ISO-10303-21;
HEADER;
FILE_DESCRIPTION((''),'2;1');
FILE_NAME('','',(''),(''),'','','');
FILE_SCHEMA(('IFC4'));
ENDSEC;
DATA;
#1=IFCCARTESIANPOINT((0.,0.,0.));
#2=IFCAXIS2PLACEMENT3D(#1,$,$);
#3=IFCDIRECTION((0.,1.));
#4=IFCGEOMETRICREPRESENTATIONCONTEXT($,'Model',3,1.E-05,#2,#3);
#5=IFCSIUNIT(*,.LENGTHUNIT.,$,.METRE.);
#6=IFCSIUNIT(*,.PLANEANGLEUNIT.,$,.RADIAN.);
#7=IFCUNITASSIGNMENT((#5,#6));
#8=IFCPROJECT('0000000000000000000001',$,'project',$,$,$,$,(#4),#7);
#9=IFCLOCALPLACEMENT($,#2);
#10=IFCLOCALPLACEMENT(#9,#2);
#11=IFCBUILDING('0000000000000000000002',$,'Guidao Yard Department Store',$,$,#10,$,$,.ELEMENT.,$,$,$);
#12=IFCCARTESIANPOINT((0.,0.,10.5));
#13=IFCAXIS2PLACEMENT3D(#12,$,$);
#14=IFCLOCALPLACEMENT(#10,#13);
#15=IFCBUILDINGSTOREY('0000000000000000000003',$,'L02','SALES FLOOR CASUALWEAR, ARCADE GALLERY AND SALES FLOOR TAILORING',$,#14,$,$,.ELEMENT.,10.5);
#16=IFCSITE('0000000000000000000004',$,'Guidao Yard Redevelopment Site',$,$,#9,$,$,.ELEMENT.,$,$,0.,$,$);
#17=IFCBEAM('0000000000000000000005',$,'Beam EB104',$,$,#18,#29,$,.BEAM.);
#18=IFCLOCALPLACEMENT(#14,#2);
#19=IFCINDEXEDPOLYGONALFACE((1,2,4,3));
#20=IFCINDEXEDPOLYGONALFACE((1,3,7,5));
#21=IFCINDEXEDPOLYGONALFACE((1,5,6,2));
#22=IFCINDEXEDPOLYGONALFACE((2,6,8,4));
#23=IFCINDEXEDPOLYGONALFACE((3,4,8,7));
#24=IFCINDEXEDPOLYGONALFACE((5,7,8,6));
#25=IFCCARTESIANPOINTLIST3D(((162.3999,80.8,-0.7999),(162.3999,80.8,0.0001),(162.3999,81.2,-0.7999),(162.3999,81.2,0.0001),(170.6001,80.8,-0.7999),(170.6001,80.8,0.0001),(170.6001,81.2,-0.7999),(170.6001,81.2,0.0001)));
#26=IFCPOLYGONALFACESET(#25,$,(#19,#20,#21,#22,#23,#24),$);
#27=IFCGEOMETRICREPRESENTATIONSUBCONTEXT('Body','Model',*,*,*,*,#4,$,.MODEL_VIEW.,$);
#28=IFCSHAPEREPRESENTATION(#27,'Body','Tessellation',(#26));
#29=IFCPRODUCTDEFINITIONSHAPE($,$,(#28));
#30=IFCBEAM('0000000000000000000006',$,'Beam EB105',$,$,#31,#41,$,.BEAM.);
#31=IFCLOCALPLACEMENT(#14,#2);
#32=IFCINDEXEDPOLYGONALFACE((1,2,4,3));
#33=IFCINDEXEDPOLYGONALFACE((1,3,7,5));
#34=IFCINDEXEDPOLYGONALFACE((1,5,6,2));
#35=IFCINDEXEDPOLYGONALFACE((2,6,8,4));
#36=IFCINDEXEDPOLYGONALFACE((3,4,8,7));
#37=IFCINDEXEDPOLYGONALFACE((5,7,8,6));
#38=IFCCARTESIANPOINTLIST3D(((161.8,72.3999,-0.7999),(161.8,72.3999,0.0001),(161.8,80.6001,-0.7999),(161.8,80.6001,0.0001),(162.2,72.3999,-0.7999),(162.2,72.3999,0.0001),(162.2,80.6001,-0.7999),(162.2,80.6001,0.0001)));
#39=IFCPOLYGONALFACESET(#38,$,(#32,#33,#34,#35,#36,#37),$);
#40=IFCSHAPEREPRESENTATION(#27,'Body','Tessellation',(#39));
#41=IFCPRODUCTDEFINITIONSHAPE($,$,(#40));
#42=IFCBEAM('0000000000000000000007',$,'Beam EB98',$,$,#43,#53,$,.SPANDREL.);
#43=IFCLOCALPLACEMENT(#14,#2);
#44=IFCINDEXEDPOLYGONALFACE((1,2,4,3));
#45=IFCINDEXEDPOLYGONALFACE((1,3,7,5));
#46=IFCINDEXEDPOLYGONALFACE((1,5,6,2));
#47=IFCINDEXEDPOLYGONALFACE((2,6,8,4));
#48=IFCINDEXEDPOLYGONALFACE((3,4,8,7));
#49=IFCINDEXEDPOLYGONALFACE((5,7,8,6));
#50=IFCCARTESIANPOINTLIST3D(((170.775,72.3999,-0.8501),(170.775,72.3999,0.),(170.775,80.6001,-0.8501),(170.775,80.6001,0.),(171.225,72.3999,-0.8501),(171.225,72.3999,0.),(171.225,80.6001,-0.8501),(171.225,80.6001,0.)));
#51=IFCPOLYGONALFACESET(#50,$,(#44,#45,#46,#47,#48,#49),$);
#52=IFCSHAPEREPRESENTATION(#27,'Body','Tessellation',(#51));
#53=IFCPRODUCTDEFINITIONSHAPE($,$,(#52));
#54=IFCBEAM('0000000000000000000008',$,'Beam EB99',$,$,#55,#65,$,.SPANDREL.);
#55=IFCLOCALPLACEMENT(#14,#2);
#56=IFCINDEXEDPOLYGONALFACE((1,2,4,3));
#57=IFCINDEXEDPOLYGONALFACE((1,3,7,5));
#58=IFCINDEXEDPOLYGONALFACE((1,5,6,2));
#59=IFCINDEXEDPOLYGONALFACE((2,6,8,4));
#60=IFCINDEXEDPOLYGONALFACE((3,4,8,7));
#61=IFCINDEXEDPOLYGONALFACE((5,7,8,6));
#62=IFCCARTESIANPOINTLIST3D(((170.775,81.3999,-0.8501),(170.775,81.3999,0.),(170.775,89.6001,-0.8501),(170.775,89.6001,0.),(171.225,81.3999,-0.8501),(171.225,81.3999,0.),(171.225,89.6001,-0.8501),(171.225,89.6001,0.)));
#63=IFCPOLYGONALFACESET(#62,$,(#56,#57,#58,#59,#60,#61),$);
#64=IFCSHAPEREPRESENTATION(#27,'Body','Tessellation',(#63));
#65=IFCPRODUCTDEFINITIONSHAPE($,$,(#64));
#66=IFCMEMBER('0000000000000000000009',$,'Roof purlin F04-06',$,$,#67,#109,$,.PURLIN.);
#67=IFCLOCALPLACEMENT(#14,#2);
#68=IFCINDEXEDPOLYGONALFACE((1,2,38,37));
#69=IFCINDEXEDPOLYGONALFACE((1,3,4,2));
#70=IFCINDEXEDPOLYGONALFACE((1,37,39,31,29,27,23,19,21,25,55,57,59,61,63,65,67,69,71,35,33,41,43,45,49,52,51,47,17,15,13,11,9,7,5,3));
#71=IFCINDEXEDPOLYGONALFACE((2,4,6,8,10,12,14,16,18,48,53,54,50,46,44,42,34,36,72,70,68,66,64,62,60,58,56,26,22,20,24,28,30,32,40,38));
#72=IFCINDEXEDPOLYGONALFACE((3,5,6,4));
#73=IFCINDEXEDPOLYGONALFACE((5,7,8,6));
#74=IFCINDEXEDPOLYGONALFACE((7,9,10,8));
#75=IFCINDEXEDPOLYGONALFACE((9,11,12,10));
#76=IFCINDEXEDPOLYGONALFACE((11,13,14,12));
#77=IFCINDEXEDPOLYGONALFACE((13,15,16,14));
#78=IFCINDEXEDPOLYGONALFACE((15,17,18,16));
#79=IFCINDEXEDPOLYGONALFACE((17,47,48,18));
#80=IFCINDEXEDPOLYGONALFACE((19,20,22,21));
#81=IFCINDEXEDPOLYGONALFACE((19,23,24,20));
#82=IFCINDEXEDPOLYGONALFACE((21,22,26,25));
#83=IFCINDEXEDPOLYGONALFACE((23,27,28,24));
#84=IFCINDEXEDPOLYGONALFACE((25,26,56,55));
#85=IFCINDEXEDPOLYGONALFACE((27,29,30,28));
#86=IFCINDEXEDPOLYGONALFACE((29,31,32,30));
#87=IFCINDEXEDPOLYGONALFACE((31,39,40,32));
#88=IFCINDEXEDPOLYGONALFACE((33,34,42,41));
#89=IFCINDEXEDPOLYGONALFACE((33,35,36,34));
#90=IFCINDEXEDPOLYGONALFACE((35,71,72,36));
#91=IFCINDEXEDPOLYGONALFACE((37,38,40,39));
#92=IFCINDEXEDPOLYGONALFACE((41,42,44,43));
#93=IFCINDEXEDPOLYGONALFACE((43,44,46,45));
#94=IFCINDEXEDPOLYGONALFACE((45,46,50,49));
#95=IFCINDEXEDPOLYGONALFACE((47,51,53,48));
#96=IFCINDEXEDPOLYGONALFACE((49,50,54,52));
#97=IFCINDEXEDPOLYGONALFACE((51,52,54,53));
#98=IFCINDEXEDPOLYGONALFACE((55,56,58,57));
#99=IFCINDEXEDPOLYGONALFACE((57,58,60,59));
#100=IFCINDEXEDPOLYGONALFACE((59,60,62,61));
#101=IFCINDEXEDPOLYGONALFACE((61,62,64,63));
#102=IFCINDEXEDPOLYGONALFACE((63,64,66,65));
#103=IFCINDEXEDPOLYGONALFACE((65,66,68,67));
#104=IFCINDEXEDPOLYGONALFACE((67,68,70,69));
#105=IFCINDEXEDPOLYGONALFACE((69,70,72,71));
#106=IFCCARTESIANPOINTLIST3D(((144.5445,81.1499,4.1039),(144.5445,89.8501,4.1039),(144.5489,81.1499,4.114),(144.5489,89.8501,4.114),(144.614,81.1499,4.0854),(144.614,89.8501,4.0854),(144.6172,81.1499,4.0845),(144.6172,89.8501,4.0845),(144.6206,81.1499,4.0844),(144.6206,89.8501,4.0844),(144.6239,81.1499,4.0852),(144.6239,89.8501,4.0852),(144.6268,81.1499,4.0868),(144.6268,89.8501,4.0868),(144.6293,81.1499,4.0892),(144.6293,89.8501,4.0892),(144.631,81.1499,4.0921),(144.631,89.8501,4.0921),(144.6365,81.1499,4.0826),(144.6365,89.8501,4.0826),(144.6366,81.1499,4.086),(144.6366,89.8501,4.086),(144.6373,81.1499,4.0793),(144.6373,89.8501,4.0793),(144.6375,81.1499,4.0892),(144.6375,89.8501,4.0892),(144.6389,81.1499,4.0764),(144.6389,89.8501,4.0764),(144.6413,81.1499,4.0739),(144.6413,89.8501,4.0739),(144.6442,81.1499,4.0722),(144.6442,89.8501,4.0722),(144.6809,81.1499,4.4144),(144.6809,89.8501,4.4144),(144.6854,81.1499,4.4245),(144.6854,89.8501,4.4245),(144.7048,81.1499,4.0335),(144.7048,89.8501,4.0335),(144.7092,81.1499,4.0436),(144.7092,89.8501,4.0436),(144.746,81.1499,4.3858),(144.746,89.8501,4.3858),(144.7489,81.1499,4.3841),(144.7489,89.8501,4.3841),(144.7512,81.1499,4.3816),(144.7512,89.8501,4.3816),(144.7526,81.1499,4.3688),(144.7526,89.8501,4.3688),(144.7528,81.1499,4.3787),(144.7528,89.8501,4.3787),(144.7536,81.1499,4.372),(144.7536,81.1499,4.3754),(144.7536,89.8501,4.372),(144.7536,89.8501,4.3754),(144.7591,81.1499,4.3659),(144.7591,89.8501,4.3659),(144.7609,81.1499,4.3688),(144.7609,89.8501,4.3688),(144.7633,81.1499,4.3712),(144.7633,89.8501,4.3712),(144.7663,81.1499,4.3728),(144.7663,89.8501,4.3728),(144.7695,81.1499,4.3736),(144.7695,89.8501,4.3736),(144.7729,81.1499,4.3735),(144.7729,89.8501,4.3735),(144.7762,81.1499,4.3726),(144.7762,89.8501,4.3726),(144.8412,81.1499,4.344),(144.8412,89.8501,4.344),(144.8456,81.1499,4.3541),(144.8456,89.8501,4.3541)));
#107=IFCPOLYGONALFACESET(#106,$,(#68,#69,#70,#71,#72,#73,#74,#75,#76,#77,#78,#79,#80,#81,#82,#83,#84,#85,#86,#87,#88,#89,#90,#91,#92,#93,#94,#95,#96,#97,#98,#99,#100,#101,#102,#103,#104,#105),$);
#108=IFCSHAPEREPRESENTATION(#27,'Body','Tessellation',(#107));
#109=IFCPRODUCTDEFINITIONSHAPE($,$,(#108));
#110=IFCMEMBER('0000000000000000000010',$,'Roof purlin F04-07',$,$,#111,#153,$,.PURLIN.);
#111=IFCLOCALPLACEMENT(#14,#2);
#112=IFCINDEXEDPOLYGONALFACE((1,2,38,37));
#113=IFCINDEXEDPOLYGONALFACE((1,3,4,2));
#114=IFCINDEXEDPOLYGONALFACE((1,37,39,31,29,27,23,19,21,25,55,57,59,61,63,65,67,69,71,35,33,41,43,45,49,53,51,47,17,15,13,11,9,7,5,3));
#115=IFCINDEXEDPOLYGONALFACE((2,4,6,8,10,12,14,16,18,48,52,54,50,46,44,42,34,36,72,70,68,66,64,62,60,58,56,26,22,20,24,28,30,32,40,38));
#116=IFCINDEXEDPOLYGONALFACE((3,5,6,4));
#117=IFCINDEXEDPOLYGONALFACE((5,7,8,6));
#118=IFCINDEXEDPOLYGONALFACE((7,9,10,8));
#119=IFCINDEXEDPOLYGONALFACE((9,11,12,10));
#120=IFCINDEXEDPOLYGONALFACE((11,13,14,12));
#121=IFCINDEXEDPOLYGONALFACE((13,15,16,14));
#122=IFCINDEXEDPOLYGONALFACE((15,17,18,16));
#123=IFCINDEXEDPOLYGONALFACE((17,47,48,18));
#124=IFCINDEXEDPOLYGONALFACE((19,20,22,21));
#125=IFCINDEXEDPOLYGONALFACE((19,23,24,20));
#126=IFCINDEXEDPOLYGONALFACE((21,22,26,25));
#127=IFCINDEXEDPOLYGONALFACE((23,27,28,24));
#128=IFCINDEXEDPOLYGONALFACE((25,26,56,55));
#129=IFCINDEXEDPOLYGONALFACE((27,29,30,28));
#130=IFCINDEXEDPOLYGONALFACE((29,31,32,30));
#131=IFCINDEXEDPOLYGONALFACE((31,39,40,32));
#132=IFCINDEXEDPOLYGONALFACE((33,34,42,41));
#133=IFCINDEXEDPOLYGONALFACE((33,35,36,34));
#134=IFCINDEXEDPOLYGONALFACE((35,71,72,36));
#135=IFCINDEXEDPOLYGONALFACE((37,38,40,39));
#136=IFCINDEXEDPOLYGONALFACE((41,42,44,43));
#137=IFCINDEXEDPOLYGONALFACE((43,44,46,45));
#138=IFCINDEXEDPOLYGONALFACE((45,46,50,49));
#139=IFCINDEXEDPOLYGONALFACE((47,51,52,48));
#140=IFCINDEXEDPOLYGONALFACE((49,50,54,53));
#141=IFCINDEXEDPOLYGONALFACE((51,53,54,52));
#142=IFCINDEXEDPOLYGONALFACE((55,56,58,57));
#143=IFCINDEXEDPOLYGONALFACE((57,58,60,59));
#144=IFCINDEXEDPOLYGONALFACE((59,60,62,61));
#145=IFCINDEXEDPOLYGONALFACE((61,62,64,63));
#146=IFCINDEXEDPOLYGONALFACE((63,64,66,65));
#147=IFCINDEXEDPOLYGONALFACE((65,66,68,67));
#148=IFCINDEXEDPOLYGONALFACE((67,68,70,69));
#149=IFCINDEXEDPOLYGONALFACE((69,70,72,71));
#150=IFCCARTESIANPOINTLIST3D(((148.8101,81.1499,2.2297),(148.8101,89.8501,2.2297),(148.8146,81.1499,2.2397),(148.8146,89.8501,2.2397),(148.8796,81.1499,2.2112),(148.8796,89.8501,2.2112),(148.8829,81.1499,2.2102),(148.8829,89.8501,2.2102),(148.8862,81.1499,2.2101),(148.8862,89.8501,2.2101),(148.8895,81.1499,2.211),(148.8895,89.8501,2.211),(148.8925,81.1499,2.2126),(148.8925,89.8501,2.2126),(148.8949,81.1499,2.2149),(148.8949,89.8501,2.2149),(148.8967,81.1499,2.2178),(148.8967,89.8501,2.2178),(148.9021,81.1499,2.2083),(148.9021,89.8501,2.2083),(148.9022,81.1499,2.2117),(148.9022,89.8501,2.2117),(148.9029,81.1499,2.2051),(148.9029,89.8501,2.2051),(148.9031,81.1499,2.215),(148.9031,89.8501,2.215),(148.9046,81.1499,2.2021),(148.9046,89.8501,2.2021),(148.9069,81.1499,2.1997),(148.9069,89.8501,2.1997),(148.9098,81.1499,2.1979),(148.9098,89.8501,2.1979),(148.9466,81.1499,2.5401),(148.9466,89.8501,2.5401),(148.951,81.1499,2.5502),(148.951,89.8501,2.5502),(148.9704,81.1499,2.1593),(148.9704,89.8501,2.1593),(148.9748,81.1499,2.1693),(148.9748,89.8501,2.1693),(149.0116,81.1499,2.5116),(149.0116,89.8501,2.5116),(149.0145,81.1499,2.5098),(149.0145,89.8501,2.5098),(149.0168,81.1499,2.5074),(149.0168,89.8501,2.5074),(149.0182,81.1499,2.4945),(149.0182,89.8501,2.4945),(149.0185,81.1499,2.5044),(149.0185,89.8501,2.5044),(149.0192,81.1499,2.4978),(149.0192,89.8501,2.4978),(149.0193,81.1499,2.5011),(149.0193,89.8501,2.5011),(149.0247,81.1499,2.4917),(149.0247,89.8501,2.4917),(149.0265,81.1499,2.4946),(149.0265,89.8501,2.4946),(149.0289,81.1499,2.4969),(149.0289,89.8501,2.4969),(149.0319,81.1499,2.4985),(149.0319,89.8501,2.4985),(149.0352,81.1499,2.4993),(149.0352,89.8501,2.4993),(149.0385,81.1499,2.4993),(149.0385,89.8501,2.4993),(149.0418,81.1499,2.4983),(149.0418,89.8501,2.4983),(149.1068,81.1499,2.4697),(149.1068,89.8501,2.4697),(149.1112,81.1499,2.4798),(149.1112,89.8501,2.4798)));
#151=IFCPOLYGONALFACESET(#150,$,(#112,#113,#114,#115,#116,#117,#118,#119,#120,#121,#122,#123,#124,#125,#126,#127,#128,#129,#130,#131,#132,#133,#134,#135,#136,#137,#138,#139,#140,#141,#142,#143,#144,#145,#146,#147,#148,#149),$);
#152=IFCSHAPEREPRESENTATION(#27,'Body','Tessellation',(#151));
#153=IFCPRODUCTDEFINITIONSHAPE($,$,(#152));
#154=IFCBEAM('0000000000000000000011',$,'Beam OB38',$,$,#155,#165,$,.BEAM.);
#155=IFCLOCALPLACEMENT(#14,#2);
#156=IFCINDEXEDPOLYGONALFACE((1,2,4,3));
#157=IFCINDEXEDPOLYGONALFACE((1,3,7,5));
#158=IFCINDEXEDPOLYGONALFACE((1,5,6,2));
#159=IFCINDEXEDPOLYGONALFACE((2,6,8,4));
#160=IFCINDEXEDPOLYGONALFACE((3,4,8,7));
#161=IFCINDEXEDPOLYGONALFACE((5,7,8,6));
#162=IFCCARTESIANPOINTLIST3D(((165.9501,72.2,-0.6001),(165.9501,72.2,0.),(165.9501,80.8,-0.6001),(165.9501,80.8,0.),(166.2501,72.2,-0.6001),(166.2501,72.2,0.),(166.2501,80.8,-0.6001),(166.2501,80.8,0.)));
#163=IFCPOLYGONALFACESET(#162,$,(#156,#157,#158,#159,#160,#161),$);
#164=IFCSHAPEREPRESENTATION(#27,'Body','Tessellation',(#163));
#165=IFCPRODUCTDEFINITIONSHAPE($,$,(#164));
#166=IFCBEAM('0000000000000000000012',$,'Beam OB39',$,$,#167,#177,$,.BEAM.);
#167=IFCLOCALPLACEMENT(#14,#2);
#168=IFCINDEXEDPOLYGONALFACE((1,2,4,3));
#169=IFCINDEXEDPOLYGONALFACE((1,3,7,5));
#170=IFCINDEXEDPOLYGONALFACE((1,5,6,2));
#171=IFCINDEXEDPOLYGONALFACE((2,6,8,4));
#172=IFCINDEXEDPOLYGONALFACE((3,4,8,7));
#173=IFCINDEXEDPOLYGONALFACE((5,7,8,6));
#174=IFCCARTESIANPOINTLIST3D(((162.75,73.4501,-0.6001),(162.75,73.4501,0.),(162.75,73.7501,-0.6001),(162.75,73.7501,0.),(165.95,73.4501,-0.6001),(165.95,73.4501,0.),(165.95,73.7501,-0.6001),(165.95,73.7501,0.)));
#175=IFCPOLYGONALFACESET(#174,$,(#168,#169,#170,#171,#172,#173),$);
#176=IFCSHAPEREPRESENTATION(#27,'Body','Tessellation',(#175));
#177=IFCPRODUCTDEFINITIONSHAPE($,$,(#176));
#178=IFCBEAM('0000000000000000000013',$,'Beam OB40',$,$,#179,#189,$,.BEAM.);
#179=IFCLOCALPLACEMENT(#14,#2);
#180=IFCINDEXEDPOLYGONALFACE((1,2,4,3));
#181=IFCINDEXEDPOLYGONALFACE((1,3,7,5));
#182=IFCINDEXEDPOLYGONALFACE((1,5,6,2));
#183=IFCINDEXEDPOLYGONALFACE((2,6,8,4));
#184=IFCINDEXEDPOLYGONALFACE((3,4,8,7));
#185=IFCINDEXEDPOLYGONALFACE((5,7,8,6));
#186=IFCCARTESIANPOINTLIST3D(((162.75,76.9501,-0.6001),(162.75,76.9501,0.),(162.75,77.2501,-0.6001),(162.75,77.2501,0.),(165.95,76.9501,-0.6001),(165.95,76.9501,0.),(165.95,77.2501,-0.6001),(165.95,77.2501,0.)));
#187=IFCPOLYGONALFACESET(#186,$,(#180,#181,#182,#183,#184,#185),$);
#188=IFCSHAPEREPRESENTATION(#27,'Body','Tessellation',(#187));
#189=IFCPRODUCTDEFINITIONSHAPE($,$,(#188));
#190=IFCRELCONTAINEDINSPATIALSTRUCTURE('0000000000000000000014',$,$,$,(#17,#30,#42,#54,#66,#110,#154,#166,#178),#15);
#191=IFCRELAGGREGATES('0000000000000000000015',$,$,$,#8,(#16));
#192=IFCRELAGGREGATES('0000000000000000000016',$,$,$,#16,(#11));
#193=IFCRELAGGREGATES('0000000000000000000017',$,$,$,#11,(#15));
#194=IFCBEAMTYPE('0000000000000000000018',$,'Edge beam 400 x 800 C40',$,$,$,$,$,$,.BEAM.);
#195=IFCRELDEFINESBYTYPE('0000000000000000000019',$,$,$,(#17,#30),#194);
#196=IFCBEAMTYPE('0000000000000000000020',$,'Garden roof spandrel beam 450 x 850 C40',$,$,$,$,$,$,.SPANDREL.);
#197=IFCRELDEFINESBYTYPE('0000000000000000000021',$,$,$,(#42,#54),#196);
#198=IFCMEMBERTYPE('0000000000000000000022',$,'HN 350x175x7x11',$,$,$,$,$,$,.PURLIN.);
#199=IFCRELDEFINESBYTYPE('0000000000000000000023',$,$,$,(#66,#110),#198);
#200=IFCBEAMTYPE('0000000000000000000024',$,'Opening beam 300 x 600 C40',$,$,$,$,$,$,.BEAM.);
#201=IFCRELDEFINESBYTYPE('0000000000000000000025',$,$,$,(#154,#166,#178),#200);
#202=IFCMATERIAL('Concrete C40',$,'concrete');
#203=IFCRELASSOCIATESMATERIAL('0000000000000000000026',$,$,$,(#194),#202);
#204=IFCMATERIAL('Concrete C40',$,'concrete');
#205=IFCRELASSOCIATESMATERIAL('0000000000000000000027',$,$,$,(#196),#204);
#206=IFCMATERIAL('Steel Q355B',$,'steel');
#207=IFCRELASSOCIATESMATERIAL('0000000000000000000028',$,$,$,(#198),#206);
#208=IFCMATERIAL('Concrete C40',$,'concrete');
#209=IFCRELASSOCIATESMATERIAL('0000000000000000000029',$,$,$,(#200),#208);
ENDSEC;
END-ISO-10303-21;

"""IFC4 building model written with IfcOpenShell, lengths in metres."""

from ifc_helpers import new_model, si_unit, direction, frame, origin, origin_2d, place, context, subcontext, project, spatial, rectangle, i_section, extrude, material, material_profile, profile_set, type_object, element, save


model = new_model("IFC4")

# Units and contexts
model_context = context("Model", 3, precision=1e-05, world=origin(), true_north=direction((0.0, 1.0)))
body_context = subcontext(model_context, "Body", "Model", "MODEL_VIEW")
ifc_project = project(units=[si_unit("LENGTHUNIT", "METRE"), si_unit("PLANEANGLEUNIT", "RADIAN")], contexts=[model_context])

# Site, building, storey
site_placement = place(None, origin())
site = spatial("IfcSite", under=ifc_project, at=site_placement, Name="Guidao Yard Redevelopment Site", CompositionType="ELEMENT", RefElevation=0.0)
building_placement = place(site_placement, origin())
building = spatial("IfcBuilding", under=site, at=building_placement, Name="Guidao Yard Department Store", CompositionType="ELEMENT")
storey_placement = place(building_placement, frame((0.0, 0.0, 10.5)))
storey = spatial("IfcBuildingStorey", under=building, at=storey_placement, Name="L02", Description="SALES FLOOR CASUALWEAR, ARCADE GALLERY AND SALES FLOOR TAILORING", CompositionType="ELEMENT", Elevation=10.5)

# Beams
ifc_material_1 = material(Name="Concrete C40", Category="concrete")
ifc_material_profile_1 = material_profile(ifc_material_1, rectangle(XDim=0.3999, YDim=0.8, at=origin_2d()), Name="Edge beam 400 x 800 C40")
ifc_profile_set_1 = profile_set([ifc_material_profile_1], Name="Concrete C40")
beam_type_1 = type_object("IfcBeamType", Name="Edge beam 400 x 800 C40", PredefinedType="BEAM", material=ifc_profile_set_1)
for number, where, z_axis, x_axis, name in (
    (1, (162.3999, 81.0, -0.3999), (1.0, 0.0, 0.0), (0.0, 1.0, 0.0), "Beam EB104"),
    (2, (162.0, 72.3999, -0.3999), (0.0, 1.0, 0.0), (-1.0, 0.0, 0.0), "Beam EB105"),
):
    element("IfcBeam", number, at=place(storey_placement, frame(where, z_axis=z_axis, x_axis=x_axis)), inside=storey, type_object=beam_type_1, Name=name, PredefinedType="BEAM", context=body_context, shape_type="SweptSolid", body=[
        extrude(rectangle(XDim=0.3999, YDim=0.8, at=origin_2d()), origin(), (0.0, 0.0, 1.0), 8.2002),
    ])
ifc_material_2 = material(Name="Concrete C40", Category="concrete")
ifc_material_profile_2 = material_profile(ifc_material_2, rectangle(XDim=0.45, YDim=0.8501, at=origin_2d()), Name="Garden roof spandrel beam 450 x 850 C40")
ifc_profile_set_2 = profile_set([ifc_material_profile_2], Name="Concrete C40")
beam_type_2 = type_object("IfcBeamType", Name="Garden roof spandrel beam 450 x 850 C40", PredefinedType="SPANDREL", material=ifc_profile_set_2)
for number, where, z_axis, x_axis, name in (
    (3, (171.0, 72.3999, -0.425), (0.0, 1.0, 0.0), (-1.0, 0.0, 0.0), "Beam EB98"),
    (4, (171.0, 81.3999, -0.425), (0.0, 1.0, 0.0), (-1.0, 0.0, 0.0), "Beam EB99"),
):
    element("IfcBeam", number, at=place(storey_placement, frame(where, z_axis=z_axis, x_axis=x_axis)), inside=storey, type_object=beam_type_2, Name=name, PredefinedType="SPANDREL", context=body_context, shape_type="SweptSolid", body=[
        extrude(rectangle(XDim=0.45, YDim=0.8501, at=origin_2d()), origin(), (0.0, 0.0, 1.0), 8.2002),
    ])

# Members
ifc_material_3 = material(Name="Steel Q355B", Category="steel")
ifc_material_profile_3 = material_profile(ifc_material_3, i_section(OverallWidth=0.175, OverallDepth=0.3501, WebThickness=0.0071, FlangeThickness=0.011, FilletRadius=0.0129, at=origin_2d()), Name="HN 350x175x7x11")
ifc_profile_set_3 = profile_set([ifc_material_profile_3], Name="Steel Q355B")
member_type = type_object("IfcMemberType", Name="HN 350x175x7x11", PredefinedType="PURLIN", material=ifc_profile_set_3)
for number, where, z_axis, x_axis, name in (
    (5, (144.6951, 81.1499, 4.229), (0.0, 1.0, 0.0), (-0.915526, 0.0, 0.402258), "Roof purlin F04-06"),
    (6, (148.9607, 81.1499, 2.3547), (0.0, 1.0, 0.0), (-0.915526, 0.0, 0.402258), "Roof purlin F04-07"),
):
    element("IfcMember", number, at=place(storey_placement, frame(where, z_axis=z_axis, x_axis=x_axis)), inside=storey, type_object=member_type, Name=name, PredefinedType="PURLIN", context=body_context, shape_type="SweptSolid", body=[
        extrude(i_section(OverallWidth=0.175, OverallDepth=0.3501, WebThickness=0.0071, FlangeThickness=0.011, FilletRadius=0.0129, at=origin_2d()), origin(), (0.0, 0.0, 1.0), 8.7002),
    ])

# Beams
ifc_material_4 = material(Name="Concrete C40", Category="concrete")
ifc_material_profile_4 = material_profile(ifc_material_4, rectangle(XDim=0.3, YDim=0.6001, at=origin_2d()), Name="Opening beam 300 x 600 C40")
ifc_profile_set_4 = profile_set([ifc_material_profile_4], Name="Concrete C40")
beam_type_3 = type_object("IfcBeamType", Name="Opening beam 300 x 600 C40", PredefinedType="BEAM", material=ifc_profile_set_4)
beam_1_placement = place(storey_placement, frame((166.1001, 72.2, -0.3), z_axis=(0.0, 1.0, 0.0), x_axis=(-1.0, 0.0, 0.0)))
element("IfcBeam", 7, at=beam_1_placement, inside=storey, type_object=beam_type_3, Name="Beam OB38", PredefinedType="BEAM", context=body_context, shape_type="SweptSolid", body=[
    extrude(rectangle(XDim=0.3, YDim=0.6001, at=origin_2d()), origin(), (0.0, 0.0, 1.0), 8.6001),
])
for number, where, z_axis, x_axis, name in (
    (8, (162.75, 73.6001, -0.3), (1.0, 0.0, 0.0), (0.0, 1.0, 0.0), "Beam OB39"),
    (9, (162.75, 77.1001, -0.3), (1.0, 0.0, 0.0), (0.0, 1.0, 0.0), "Beam OB40"),
):
    element("IfcBeam", number, at=place(storey_placement, frame(where, z_axis=z_axis, x_axis=x_axis)), inside=storey, type_object=beam_type_3, Name=name, PredefinedType="BEAM", context=body_context, shape_type="SweptSolid", body=[
        extrude(rectangle(XDim=0.3, YDim=0.6001, at=origin_2d()), origin(), (0.0, 0.0, 1.0), 3.2),
    ])

save(model, "model.ifc")
